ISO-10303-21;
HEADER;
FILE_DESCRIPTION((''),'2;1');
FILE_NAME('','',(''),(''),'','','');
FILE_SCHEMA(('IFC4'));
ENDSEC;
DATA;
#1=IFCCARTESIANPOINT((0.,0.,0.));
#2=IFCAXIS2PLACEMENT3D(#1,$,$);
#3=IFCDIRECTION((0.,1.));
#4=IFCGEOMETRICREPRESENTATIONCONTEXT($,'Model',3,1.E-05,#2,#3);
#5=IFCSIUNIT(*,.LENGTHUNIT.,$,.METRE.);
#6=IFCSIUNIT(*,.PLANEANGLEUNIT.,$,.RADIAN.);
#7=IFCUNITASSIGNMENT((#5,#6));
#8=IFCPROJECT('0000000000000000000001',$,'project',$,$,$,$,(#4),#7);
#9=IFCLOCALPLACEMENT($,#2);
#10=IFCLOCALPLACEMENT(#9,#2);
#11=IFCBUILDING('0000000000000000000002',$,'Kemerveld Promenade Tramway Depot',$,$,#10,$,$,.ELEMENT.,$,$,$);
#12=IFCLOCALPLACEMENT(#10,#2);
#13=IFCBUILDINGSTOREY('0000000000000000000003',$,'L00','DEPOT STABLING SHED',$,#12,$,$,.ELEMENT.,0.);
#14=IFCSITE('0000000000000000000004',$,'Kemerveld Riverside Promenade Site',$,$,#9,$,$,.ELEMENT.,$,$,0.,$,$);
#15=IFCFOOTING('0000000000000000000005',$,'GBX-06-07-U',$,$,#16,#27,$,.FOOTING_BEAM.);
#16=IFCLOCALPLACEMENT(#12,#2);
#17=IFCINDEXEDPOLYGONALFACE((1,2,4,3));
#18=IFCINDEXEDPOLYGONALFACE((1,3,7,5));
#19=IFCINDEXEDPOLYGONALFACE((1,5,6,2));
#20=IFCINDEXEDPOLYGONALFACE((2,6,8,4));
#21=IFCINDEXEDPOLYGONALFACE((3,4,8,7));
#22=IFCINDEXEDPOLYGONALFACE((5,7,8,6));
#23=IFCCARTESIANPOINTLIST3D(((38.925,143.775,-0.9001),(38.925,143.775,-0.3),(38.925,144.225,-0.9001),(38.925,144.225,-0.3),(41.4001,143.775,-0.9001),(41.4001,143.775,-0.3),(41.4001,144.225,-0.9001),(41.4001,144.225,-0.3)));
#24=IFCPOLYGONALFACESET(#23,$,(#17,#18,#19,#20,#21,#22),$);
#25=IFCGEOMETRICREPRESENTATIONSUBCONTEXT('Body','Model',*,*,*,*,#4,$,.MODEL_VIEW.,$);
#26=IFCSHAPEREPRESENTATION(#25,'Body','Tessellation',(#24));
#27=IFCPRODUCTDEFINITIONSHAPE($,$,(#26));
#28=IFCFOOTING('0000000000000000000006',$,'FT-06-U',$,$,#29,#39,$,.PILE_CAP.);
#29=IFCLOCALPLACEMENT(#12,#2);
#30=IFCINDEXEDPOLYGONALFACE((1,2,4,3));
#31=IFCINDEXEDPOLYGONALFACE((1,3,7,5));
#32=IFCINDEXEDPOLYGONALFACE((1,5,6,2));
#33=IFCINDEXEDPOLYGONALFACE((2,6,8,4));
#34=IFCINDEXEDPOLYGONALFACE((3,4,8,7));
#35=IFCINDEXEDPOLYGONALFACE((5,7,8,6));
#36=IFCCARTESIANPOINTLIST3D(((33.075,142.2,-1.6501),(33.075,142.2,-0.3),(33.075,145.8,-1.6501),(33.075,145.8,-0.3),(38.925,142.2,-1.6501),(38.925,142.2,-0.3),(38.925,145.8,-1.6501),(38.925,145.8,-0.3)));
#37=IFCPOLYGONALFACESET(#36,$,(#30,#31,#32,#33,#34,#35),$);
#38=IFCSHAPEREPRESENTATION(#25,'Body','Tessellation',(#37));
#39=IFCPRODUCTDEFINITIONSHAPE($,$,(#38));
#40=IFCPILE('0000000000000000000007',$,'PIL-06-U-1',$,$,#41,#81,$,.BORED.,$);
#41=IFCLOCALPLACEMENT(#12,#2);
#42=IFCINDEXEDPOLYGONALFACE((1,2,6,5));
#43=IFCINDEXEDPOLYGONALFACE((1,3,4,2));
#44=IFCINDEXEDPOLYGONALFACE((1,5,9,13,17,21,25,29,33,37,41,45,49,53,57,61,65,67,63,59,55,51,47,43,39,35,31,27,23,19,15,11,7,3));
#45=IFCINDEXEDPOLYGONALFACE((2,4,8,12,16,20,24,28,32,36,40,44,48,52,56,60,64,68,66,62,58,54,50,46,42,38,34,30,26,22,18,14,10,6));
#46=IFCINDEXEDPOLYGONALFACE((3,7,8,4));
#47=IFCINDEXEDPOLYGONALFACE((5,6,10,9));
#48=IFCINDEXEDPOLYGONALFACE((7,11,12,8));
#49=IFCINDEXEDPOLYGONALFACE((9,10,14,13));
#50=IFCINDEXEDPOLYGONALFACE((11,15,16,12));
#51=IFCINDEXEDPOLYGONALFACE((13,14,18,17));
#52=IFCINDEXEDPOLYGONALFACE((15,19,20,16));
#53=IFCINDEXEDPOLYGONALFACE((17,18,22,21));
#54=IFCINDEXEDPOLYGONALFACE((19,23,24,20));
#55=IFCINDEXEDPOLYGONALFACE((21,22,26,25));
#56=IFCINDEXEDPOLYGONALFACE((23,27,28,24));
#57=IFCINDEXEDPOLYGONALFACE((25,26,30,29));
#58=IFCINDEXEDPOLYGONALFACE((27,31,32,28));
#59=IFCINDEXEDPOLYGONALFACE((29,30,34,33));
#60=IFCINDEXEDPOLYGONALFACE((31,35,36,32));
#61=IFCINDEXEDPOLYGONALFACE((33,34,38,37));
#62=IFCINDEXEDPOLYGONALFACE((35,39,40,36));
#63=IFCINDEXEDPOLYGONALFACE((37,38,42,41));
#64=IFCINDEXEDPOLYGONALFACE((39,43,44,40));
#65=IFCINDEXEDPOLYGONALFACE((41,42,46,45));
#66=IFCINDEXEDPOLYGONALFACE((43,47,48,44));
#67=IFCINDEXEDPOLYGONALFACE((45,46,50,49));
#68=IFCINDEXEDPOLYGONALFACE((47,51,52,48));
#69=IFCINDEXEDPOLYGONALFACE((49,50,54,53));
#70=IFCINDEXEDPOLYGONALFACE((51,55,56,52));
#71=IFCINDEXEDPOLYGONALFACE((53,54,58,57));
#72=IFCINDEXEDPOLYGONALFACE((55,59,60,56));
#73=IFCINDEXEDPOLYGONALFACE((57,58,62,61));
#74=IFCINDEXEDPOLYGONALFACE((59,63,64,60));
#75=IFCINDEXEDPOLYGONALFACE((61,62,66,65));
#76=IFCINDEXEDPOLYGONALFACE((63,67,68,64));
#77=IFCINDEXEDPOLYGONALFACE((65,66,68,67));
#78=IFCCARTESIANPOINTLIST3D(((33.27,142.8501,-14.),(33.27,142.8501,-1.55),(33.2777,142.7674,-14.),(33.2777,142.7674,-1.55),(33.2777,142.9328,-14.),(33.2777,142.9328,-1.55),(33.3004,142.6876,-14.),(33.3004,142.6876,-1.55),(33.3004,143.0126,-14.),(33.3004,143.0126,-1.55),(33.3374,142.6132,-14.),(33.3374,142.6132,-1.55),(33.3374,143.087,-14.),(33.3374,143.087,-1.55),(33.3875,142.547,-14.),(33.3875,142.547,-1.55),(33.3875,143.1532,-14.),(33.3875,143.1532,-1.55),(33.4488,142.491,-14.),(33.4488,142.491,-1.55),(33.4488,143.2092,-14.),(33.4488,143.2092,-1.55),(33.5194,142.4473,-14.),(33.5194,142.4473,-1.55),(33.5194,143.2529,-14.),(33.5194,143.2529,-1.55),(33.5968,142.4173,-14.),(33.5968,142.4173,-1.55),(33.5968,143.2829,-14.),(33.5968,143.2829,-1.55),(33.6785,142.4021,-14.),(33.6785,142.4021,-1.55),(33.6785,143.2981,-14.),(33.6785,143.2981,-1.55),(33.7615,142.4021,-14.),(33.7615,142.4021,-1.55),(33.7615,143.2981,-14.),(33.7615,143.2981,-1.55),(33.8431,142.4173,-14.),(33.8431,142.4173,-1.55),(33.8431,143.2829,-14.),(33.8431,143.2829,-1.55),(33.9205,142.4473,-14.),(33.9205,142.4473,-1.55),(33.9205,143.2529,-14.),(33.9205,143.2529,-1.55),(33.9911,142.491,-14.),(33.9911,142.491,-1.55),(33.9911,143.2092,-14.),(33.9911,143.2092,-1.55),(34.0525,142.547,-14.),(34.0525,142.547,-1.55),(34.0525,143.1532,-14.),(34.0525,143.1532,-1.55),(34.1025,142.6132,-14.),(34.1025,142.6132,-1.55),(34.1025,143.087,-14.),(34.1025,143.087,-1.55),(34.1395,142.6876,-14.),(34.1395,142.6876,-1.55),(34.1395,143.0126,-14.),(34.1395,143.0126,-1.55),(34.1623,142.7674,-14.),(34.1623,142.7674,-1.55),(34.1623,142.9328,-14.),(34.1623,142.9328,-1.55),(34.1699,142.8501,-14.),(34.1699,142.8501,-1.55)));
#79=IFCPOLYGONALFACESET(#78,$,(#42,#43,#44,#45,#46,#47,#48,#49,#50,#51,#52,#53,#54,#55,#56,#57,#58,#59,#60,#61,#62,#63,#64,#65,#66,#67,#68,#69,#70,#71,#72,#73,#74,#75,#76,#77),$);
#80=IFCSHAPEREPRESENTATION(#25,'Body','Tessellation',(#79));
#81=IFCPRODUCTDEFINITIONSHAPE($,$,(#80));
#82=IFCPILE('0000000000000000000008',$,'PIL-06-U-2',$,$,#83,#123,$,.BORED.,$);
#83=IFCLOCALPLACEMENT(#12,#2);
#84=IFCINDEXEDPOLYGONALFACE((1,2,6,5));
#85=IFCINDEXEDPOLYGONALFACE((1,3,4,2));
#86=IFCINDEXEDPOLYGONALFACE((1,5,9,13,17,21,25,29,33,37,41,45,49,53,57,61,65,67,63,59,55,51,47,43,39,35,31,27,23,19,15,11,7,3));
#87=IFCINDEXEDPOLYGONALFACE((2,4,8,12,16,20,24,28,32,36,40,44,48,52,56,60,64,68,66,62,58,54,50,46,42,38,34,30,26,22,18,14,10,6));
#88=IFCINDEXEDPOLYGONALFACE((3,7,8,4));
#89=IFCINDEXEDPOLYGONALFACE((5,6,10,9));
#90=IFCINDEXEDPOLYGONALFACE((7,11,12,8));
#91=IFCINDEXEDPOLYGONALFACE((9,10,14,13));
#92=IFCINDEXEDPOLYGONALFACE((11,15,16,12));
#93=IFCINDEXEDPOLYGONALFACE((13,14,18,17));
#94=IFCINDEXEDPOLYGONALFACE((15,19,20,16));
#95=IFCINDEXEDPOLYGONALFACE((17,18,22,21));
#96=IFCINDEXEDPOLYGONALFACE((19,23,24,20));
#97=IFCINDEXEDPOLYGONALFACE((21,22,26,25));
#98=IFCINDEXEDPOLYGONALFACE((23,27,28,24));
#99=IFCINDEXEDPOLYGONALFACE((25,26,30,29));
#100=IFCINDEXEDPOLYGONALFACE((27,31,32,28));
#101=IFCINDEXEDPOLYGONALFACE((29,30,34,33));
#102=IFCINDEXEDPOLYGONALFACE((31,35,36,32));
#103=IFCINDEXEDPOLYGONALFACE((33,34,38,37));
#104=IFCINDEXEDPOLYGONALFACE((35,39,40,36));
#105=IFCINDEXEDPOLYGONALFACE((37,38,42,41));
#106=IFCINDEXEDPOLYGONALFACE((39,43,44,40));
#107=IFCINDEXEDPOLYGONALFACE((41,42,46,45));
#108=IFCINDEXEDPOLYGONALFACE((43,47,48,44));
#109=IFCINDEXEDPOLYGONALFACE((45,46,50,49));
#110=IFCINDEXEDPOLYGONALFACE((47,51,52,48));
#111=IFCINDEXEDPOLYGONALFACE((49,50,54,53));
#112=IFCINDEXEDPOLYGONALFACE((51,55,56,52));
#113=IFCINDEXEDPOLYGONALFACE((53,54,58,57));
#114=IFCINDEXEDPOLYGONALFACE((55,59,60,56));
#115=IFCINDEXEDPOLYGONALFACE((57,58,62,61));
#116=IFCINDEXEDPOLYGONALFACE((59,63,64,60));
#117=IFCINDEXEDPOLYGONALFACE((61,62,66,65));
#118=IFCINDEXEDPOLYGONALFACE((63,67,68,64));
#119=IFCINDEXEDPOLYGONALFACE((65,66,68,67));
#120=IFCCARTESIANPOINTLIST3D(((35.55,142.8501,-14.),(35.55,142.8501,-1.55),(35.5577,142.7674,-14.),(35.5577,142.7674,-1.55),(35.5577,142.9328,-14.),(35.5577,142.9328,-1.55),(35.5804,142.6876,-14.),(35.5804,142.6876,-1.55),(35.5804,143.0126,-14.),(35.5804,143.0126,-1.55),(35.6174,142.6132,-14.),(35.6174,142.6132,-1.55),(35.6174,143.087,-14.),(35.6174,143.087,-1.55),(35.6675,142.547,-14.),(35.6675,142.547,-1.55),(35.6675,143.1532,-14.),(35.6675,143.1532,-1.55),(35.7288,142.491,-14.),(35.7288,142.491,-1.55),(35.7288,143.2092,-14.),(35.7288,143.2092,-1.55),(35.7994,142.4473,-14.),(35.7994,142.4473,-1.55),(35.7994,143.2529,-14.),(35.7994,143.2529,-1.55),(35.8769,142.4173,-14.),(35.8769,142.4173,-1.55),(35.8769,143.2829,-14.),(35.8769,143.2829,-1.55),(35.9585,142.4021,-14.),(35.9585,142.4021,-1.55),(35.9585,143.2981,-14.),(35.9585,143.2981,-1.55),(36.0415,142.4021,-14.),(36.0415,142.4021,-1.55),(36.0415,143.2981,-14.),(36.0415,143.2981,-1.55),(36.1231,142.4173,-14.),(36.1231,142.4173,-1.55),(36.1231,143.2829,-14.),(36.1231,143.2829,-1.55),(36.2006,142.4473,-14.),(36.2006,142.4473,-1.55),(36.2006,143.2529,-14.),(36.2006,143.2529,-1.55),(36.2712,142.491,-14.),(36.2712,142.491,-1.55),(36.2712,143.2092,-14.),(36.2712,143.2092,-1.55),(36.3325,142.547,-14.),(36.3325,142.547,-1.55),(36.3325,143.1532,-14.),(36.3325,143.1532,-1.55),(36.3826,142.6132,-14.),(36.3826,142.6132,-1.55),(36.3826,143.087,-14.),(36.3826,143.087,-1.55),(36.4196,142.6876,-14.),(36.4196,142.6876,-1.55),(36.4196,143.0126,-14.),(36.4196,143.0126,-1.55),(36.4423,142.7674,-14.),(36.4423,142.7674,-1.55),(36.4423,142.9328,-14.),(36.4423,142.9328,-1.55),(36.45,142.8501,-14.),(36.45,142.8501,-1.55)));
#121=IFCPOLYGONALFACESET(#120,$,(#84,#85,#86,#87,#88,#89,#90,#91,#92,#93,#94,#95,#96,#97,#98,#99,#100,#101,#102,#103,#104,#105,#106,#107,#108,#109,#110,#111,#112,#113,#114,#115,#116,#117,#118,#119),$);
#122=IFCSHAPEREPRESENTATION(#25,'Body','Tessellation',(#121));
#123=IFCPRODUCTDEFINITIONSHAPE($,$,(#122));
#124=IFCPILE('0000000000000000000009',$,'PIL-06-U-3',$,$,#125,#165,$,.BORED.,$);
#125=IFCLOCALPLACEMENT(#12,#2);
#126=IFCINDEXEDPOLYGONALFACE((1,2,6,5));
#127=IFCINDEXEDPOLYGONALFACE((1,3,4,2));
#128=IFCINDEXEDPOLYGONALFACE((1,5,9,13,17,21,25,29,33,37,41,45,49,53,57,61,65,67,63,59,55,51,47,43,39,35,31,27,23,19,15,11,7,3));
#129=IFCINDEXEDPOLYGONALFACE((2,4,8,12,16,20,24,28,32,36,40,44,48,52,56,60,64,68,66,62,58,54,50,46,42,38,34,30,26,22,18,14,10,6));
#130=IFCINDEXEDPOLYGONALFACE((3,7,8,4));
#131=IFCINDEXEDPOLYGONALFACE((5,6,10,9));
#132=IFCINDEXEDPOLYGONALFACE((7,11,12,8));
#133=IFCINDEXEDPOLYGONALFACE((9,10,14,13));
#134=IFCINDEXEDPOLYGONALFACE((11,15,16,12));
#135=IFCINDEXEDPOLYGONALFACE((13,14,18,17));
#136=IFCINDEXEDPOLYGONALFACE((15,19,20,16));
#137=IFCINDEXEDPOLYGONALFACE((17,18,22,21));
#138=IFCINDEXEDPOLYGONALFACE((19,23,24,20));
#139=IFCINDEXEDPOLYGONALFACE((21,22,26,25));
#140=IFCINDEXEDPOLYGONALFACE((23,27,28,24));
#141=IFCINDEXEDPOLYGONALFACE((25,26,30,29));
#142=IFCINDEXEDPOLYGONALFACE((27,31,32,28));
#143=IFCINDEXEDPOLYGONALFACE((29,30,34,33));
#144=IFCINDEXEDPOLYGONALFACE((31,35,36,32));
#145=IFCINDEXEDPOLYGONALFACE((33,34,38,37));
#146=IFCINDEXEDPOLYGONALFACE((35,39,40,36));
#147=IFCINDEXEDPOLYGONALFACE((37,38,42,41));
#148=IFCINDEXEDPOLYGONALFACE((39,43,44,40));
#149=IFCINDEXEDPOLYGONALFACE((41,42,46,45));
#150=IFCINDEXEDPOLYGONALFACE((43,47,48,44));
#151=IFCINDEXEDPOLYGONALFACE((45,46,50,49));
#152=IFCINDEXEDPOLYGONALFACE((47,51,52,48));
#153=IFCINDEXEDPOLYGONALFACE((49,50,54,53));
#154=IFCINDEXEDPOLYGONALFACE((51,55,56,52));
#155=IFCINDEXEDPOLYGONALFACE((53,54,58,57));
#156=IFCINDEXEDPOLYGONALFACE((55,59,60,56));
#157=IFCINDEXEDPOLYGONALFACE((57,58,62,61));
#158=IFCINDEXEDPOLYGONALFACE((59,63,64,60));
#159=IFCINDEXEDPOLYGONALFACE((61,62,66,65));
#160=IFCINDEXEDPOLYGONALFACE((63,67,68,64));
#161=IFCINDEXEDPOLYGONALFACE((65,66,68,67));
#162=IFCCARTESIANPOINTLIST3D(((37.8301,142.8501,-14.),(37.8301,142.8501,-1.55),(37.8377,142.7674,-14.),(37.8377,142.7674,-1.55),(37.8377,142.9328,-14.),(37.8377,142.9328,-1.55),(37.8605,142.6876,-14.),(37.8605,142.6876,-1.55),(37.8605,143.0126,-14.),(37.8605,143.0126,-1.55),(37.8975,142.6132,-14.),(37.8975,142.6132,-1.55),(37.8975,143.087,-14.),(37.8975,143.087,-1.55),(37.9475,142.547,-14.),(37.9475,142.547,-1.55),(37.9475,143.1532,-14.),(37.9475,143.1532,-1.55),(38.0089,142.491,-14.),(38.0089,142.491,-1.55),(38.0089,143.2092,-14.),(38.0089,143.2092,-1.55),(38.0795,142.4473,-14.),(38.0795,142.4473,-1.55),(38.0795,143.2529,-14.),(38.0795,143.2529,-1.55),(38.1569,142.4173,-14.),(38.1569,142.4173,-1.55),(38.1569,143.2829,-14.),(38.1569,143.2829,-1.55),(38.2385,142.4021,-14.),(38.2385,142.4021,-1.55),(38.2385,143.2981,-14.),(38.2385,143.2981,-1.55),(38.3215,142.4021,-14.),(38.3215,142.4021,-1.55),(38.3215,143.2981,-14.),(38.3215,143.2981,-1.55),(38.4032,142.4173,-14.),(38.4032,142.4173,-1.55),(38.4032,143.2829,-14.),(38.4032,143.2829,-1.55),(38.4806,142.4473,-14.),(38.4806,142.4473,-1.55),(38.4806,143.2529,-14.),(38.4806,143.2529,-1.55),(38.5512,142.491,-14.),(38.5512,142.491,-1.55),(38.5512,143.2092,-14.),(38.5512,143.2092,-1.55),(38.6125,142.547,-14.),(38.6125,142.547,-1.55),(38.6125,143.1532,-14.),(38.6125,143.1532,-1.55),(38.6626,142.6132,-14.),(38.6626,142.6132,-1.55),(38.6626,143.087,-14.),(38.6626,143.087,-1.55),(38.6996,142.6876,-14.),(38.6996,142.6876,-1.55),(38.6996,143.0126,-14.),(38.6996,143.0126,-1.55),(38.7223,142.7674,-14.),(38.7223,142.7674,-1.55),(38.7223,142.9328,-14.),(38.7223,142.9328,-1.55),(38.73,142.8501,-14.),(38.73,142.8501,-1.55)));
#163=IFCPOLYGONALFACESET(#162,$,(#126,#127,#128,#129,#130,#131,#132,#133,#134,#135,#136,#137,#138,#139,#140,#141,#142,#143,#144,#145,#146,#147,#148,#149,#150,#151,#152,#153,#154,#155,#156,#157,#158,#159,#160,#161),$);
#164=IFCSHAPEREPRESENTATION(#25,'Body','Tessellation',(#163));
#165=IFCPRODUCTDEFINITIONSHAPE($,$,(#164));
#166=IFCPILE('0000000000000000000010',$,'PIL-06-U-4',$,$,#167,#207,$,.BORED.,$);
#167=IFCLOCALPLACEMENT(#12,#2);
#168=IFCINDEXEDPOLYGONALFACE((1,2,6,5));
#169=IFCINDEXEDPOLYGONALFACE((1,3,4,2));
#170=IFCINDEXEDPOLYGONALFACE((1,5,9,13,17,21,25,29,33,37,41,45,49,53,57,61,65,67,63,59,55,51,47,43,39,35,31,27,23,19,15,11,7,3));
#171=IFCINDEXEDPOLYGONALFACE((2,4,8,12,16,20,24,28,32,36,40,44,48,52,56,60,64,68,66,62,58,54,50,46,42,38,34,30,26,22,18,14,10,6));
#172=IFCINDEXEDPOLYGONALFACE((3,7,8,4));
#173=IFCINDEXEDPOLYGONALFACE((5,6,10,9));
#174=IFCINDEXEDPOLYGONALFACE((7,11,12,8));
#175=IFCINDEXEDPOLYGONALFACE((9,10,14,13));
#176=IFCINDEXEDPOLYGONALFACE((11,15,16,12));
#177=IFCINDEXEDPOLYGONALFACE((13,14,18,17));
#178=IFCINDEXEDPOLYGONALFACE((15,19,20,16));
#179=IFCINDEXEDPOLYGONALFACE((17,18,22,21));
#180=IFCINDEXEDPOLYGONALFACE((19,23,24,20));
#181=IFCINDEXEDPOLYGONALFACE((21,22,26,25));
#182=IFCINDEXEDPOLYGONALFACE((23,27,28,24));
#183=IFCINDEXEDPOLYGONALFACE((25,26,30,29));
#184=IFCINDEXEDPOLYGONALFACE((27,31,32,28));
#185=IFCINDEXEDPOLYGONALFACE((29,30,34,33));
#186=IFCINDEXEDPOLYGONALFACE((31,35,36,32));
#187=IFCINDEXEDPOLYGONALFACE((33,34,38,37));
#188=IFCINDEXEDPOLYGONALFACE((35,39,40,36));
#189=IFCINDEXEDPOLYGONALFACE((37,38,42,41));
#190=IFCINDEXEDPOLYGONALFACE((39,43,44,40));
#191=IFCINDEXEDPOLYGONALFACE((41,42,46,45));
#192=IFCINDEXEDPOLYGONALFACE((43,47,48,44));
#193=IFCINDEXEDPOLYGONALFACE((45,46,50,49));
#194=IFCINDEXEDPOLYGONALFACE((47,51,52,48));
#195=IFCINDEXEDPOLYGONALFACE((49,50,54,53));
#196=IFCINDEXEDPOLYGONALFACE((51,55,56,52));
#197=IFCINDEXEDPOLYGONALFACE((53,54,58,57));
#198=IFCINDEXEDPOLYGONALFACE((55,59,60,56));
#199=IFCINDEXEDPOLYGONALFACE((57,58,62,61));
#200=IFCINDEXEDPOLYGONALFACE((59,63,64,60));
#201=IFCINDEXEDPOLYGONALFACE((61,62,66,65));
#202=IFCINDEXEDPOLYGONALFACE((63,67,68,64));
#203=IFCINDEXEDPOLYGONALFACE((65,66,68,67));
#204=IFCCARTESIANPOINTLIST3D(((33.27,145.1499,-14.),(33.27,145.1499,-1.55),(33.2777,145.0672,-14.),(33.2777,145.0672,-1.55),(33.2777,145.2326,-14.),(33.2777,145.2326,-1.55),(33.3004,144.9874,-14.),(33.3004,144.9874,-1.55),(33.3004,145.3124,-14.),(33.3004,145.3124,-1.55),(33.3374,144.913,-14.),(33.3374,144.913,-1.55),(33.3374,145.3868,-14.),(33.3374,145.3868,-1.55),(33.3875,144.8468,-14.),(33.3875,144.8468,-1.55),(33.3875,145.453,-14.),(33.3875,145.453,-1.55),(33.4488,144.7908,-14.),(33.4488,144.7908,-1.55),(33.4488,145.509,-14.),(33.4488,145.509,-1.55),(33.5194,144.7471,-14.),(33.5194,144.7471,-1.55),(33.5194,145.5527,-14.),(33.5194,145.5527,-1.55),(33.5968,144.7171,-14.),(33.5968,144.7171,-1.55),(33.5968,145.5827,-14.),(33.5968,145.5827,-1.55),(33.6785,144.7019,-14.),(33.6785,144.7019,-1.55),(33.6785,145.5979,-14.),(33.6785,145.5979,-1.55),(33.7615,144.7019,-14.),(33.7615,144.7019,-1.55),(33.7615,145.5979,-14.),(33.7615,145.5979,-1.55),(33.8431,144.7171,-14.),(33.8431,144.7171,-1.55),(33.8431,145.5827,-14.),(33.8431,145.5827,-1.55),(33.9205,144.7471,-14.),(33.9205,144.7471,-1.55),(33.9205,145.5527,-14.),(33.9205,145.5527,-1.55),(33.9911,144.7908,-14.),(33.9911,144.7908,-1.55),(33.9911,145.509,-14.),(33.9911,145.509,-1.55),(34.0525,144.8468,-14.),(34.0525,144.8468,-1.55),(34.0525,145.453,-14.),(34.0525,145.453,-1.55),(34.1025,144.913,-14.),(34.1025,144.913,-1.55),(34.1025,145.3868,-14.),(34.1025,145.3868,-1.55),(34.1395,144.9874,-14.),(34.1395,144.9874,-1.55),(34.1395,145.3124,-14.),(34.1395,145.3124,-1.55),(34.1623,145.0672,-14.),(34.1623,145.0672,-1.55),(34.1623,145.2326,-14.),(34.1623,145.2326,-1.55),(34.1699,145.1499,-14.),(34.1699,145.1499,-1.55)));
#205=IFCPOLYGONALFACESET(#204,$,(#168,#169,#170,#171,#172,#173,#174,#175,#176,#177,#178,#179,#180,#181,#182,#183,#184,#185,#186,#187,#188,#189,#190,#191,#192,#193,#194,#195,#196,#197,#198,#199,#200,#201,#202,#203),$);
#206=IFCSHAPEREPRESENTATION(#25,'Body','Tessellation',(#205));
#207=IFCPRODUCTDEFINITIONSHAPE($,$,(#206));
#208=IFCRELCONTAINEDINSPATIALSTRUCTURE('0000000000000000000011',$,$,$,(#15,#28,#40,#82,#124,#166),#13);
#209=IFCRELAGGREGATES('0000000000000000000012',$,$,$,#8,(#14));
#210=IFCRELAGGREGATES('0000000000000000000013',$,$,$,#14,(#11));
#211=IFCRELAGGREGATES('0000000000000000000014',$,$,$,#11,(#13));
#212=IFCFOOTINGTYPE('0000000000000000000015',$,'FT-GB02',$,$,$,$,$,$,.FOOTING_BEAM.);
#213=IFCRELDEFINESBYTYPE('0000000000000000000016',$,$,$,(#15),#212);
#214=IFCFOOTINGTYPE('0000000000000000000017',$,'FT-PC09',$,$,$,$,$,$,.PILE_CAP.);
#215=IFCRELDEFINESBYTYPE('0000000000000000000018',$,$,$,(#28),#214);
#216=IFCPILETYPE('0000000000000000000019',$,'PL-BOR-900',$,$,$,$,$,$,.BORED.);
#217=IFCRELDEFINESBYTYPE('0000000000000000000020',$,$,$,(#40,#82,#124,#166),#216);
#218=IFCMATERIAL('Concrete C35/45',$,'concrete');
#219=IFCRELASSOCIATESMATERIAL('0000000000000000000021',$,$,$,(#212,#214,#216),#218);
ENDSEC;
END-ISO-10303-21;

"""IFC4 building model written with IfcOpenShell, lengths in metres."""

from ifc_helpers import new_model, si_unit, direction, frame, origin, origin_2d, place, context, subcontext, project, spatial, rectangle, circle, extrude, material, material_profile, profile_set, type_object, element, save


model = new_model("IFC4")

# Units and contexts
model_context = context("Model", 3, precision=1e-05, world=origin(), true_north=direction((0.0, 1.0)))
body_context = subcontext(model_context, "Body", "Model", "MODEL_VIEW")
ifc_project = project(units=[si_unit("LENGTHUNIT", "METRE"), si_unit("PLANEANGLEUNIT", "RADIAN")], contexts=[model_context])

# Site, building, storey
site_placement = place(None, origin())
site = spatial("IfcSite", under=ifc_project, at=site_placement, Name="Kemerveld Riverside Promenade Site", CompositionType="ELEMENT", RefElevation=0.0)
building_placement = place(site_placement, origin())
building = spatial("IfcBuilding", under=site, at=building_placement, Name="Kemerveld Promenade Tramway Depot", CompositionType="ELEMENT")
storey_placement = place(building_placement, origin())
storey = spatial("IfcBuildingStorey", under=building, at=storey_placement, Name="L00", Description="DEPOT STABLING SHED", CompositionType="ELEMENT", Elevation=0.0)

# Footings
ifc_material_1 = material(Name="Concrete C35/45", Category="concrete")
footing_type_1 = type_object("IfcFootingType", Name="FT-GB02", PredefinedType="FOOTING_BEAM", material=ifc_material_1)
footing_1_placement = place(storey_placement, frame((40.1626, 144.0, -0.9001), z_axis=(0.0, 0.0, 1.0), x_axis=(1.0, 0.0, 0.0)))
element("IfcFooting", 1, at=footing_1_placement, inside=storey, type_object=footing_type_1, Name="GBX-06-07-U", PredefinedType="FOOTING_BEAM", context=body_context, shape_type="SweptSolid", body=[
    extrude(rectangle(XDim=2.4751, YDim=0.45, at=origin_2d()), origin(), (0.0, 0.0, 1.0), 0.6001),
])
footing_type_2 = type_object("IfcFootingType", Name="FT-PC09", PredefinedType="PILE_CAP", material=ifc_material_1)
footing_2_placement = place(storey_placement, frame((36.0, 144.0, -1.6501), z_axis=(0.0, 0.0, 1.0), x_axis=(1.0, 0.0, 0.0)))
element("IfcFooting", 2, at=footing_2_placement, inside=storey, type_object=footing_type_2, Name="FT-06-U", PredefinedType="PILE_CAP", context=body_context, shape_type="SweptSolid", body=[
    extrude(rectangle(XDim=5.8501, YDim=3.6001, at=origin_2d()), origin(), (0.0, 0.0, 1.0), 1.3501),
])

# Piles
ifc_material_profile_1 = material_profile(ifc_material_1, circle(Radius=0.45, at=origin_2d()), Name="PILE-D900")
ifc_profile_set_1 = profile_set([ifc_material_profile_1], Name="Concrete C35/45")
pile_type = type_object("IfcPileType", Name="PL-BOR-900", PredefinedType="BORED", material=ifc_profile_set_1)
for number, where, z_axis, x_axis, name in (
    (3, (33.72, 142.8501, -1.55), (0.0, 0.0, -1.0), (1.0, 0.0, 0.0), "PIL-06-U-1"),
    (4, (36.0, 142.8501, -1.55), (0.0, 0.0, -1.0), (1.0, 0.0, 0.0), "PIL-06-U-2"),
    (5, (38.28, 142.8501, -1.55), (0.0, 0.0, -1.0), (1.0, 0.0, 0.0), "PIL-06-U-3"),
    (6, (33.72, 145.1499, -1.55), (0.0, 0.0, -1.0), (1.0, 0.0, 0.0), "PIL-06-U-4"),
):
    element("IfcPile", number, at=place(storey_placement, frame(where, z_axis=z_axis, x_axis=x_axis)), inside=storey, type_object=pile_type, Name=name, PredefinedType="BORED", context=body_context, shape_type="SweptSolid", body=[
        extrude(circle(Radius=0.45, at=origin_2d()), origin(), (0.0, 0.0, 1.0), 12.45),
    ])

save(model, "model.ifc")
